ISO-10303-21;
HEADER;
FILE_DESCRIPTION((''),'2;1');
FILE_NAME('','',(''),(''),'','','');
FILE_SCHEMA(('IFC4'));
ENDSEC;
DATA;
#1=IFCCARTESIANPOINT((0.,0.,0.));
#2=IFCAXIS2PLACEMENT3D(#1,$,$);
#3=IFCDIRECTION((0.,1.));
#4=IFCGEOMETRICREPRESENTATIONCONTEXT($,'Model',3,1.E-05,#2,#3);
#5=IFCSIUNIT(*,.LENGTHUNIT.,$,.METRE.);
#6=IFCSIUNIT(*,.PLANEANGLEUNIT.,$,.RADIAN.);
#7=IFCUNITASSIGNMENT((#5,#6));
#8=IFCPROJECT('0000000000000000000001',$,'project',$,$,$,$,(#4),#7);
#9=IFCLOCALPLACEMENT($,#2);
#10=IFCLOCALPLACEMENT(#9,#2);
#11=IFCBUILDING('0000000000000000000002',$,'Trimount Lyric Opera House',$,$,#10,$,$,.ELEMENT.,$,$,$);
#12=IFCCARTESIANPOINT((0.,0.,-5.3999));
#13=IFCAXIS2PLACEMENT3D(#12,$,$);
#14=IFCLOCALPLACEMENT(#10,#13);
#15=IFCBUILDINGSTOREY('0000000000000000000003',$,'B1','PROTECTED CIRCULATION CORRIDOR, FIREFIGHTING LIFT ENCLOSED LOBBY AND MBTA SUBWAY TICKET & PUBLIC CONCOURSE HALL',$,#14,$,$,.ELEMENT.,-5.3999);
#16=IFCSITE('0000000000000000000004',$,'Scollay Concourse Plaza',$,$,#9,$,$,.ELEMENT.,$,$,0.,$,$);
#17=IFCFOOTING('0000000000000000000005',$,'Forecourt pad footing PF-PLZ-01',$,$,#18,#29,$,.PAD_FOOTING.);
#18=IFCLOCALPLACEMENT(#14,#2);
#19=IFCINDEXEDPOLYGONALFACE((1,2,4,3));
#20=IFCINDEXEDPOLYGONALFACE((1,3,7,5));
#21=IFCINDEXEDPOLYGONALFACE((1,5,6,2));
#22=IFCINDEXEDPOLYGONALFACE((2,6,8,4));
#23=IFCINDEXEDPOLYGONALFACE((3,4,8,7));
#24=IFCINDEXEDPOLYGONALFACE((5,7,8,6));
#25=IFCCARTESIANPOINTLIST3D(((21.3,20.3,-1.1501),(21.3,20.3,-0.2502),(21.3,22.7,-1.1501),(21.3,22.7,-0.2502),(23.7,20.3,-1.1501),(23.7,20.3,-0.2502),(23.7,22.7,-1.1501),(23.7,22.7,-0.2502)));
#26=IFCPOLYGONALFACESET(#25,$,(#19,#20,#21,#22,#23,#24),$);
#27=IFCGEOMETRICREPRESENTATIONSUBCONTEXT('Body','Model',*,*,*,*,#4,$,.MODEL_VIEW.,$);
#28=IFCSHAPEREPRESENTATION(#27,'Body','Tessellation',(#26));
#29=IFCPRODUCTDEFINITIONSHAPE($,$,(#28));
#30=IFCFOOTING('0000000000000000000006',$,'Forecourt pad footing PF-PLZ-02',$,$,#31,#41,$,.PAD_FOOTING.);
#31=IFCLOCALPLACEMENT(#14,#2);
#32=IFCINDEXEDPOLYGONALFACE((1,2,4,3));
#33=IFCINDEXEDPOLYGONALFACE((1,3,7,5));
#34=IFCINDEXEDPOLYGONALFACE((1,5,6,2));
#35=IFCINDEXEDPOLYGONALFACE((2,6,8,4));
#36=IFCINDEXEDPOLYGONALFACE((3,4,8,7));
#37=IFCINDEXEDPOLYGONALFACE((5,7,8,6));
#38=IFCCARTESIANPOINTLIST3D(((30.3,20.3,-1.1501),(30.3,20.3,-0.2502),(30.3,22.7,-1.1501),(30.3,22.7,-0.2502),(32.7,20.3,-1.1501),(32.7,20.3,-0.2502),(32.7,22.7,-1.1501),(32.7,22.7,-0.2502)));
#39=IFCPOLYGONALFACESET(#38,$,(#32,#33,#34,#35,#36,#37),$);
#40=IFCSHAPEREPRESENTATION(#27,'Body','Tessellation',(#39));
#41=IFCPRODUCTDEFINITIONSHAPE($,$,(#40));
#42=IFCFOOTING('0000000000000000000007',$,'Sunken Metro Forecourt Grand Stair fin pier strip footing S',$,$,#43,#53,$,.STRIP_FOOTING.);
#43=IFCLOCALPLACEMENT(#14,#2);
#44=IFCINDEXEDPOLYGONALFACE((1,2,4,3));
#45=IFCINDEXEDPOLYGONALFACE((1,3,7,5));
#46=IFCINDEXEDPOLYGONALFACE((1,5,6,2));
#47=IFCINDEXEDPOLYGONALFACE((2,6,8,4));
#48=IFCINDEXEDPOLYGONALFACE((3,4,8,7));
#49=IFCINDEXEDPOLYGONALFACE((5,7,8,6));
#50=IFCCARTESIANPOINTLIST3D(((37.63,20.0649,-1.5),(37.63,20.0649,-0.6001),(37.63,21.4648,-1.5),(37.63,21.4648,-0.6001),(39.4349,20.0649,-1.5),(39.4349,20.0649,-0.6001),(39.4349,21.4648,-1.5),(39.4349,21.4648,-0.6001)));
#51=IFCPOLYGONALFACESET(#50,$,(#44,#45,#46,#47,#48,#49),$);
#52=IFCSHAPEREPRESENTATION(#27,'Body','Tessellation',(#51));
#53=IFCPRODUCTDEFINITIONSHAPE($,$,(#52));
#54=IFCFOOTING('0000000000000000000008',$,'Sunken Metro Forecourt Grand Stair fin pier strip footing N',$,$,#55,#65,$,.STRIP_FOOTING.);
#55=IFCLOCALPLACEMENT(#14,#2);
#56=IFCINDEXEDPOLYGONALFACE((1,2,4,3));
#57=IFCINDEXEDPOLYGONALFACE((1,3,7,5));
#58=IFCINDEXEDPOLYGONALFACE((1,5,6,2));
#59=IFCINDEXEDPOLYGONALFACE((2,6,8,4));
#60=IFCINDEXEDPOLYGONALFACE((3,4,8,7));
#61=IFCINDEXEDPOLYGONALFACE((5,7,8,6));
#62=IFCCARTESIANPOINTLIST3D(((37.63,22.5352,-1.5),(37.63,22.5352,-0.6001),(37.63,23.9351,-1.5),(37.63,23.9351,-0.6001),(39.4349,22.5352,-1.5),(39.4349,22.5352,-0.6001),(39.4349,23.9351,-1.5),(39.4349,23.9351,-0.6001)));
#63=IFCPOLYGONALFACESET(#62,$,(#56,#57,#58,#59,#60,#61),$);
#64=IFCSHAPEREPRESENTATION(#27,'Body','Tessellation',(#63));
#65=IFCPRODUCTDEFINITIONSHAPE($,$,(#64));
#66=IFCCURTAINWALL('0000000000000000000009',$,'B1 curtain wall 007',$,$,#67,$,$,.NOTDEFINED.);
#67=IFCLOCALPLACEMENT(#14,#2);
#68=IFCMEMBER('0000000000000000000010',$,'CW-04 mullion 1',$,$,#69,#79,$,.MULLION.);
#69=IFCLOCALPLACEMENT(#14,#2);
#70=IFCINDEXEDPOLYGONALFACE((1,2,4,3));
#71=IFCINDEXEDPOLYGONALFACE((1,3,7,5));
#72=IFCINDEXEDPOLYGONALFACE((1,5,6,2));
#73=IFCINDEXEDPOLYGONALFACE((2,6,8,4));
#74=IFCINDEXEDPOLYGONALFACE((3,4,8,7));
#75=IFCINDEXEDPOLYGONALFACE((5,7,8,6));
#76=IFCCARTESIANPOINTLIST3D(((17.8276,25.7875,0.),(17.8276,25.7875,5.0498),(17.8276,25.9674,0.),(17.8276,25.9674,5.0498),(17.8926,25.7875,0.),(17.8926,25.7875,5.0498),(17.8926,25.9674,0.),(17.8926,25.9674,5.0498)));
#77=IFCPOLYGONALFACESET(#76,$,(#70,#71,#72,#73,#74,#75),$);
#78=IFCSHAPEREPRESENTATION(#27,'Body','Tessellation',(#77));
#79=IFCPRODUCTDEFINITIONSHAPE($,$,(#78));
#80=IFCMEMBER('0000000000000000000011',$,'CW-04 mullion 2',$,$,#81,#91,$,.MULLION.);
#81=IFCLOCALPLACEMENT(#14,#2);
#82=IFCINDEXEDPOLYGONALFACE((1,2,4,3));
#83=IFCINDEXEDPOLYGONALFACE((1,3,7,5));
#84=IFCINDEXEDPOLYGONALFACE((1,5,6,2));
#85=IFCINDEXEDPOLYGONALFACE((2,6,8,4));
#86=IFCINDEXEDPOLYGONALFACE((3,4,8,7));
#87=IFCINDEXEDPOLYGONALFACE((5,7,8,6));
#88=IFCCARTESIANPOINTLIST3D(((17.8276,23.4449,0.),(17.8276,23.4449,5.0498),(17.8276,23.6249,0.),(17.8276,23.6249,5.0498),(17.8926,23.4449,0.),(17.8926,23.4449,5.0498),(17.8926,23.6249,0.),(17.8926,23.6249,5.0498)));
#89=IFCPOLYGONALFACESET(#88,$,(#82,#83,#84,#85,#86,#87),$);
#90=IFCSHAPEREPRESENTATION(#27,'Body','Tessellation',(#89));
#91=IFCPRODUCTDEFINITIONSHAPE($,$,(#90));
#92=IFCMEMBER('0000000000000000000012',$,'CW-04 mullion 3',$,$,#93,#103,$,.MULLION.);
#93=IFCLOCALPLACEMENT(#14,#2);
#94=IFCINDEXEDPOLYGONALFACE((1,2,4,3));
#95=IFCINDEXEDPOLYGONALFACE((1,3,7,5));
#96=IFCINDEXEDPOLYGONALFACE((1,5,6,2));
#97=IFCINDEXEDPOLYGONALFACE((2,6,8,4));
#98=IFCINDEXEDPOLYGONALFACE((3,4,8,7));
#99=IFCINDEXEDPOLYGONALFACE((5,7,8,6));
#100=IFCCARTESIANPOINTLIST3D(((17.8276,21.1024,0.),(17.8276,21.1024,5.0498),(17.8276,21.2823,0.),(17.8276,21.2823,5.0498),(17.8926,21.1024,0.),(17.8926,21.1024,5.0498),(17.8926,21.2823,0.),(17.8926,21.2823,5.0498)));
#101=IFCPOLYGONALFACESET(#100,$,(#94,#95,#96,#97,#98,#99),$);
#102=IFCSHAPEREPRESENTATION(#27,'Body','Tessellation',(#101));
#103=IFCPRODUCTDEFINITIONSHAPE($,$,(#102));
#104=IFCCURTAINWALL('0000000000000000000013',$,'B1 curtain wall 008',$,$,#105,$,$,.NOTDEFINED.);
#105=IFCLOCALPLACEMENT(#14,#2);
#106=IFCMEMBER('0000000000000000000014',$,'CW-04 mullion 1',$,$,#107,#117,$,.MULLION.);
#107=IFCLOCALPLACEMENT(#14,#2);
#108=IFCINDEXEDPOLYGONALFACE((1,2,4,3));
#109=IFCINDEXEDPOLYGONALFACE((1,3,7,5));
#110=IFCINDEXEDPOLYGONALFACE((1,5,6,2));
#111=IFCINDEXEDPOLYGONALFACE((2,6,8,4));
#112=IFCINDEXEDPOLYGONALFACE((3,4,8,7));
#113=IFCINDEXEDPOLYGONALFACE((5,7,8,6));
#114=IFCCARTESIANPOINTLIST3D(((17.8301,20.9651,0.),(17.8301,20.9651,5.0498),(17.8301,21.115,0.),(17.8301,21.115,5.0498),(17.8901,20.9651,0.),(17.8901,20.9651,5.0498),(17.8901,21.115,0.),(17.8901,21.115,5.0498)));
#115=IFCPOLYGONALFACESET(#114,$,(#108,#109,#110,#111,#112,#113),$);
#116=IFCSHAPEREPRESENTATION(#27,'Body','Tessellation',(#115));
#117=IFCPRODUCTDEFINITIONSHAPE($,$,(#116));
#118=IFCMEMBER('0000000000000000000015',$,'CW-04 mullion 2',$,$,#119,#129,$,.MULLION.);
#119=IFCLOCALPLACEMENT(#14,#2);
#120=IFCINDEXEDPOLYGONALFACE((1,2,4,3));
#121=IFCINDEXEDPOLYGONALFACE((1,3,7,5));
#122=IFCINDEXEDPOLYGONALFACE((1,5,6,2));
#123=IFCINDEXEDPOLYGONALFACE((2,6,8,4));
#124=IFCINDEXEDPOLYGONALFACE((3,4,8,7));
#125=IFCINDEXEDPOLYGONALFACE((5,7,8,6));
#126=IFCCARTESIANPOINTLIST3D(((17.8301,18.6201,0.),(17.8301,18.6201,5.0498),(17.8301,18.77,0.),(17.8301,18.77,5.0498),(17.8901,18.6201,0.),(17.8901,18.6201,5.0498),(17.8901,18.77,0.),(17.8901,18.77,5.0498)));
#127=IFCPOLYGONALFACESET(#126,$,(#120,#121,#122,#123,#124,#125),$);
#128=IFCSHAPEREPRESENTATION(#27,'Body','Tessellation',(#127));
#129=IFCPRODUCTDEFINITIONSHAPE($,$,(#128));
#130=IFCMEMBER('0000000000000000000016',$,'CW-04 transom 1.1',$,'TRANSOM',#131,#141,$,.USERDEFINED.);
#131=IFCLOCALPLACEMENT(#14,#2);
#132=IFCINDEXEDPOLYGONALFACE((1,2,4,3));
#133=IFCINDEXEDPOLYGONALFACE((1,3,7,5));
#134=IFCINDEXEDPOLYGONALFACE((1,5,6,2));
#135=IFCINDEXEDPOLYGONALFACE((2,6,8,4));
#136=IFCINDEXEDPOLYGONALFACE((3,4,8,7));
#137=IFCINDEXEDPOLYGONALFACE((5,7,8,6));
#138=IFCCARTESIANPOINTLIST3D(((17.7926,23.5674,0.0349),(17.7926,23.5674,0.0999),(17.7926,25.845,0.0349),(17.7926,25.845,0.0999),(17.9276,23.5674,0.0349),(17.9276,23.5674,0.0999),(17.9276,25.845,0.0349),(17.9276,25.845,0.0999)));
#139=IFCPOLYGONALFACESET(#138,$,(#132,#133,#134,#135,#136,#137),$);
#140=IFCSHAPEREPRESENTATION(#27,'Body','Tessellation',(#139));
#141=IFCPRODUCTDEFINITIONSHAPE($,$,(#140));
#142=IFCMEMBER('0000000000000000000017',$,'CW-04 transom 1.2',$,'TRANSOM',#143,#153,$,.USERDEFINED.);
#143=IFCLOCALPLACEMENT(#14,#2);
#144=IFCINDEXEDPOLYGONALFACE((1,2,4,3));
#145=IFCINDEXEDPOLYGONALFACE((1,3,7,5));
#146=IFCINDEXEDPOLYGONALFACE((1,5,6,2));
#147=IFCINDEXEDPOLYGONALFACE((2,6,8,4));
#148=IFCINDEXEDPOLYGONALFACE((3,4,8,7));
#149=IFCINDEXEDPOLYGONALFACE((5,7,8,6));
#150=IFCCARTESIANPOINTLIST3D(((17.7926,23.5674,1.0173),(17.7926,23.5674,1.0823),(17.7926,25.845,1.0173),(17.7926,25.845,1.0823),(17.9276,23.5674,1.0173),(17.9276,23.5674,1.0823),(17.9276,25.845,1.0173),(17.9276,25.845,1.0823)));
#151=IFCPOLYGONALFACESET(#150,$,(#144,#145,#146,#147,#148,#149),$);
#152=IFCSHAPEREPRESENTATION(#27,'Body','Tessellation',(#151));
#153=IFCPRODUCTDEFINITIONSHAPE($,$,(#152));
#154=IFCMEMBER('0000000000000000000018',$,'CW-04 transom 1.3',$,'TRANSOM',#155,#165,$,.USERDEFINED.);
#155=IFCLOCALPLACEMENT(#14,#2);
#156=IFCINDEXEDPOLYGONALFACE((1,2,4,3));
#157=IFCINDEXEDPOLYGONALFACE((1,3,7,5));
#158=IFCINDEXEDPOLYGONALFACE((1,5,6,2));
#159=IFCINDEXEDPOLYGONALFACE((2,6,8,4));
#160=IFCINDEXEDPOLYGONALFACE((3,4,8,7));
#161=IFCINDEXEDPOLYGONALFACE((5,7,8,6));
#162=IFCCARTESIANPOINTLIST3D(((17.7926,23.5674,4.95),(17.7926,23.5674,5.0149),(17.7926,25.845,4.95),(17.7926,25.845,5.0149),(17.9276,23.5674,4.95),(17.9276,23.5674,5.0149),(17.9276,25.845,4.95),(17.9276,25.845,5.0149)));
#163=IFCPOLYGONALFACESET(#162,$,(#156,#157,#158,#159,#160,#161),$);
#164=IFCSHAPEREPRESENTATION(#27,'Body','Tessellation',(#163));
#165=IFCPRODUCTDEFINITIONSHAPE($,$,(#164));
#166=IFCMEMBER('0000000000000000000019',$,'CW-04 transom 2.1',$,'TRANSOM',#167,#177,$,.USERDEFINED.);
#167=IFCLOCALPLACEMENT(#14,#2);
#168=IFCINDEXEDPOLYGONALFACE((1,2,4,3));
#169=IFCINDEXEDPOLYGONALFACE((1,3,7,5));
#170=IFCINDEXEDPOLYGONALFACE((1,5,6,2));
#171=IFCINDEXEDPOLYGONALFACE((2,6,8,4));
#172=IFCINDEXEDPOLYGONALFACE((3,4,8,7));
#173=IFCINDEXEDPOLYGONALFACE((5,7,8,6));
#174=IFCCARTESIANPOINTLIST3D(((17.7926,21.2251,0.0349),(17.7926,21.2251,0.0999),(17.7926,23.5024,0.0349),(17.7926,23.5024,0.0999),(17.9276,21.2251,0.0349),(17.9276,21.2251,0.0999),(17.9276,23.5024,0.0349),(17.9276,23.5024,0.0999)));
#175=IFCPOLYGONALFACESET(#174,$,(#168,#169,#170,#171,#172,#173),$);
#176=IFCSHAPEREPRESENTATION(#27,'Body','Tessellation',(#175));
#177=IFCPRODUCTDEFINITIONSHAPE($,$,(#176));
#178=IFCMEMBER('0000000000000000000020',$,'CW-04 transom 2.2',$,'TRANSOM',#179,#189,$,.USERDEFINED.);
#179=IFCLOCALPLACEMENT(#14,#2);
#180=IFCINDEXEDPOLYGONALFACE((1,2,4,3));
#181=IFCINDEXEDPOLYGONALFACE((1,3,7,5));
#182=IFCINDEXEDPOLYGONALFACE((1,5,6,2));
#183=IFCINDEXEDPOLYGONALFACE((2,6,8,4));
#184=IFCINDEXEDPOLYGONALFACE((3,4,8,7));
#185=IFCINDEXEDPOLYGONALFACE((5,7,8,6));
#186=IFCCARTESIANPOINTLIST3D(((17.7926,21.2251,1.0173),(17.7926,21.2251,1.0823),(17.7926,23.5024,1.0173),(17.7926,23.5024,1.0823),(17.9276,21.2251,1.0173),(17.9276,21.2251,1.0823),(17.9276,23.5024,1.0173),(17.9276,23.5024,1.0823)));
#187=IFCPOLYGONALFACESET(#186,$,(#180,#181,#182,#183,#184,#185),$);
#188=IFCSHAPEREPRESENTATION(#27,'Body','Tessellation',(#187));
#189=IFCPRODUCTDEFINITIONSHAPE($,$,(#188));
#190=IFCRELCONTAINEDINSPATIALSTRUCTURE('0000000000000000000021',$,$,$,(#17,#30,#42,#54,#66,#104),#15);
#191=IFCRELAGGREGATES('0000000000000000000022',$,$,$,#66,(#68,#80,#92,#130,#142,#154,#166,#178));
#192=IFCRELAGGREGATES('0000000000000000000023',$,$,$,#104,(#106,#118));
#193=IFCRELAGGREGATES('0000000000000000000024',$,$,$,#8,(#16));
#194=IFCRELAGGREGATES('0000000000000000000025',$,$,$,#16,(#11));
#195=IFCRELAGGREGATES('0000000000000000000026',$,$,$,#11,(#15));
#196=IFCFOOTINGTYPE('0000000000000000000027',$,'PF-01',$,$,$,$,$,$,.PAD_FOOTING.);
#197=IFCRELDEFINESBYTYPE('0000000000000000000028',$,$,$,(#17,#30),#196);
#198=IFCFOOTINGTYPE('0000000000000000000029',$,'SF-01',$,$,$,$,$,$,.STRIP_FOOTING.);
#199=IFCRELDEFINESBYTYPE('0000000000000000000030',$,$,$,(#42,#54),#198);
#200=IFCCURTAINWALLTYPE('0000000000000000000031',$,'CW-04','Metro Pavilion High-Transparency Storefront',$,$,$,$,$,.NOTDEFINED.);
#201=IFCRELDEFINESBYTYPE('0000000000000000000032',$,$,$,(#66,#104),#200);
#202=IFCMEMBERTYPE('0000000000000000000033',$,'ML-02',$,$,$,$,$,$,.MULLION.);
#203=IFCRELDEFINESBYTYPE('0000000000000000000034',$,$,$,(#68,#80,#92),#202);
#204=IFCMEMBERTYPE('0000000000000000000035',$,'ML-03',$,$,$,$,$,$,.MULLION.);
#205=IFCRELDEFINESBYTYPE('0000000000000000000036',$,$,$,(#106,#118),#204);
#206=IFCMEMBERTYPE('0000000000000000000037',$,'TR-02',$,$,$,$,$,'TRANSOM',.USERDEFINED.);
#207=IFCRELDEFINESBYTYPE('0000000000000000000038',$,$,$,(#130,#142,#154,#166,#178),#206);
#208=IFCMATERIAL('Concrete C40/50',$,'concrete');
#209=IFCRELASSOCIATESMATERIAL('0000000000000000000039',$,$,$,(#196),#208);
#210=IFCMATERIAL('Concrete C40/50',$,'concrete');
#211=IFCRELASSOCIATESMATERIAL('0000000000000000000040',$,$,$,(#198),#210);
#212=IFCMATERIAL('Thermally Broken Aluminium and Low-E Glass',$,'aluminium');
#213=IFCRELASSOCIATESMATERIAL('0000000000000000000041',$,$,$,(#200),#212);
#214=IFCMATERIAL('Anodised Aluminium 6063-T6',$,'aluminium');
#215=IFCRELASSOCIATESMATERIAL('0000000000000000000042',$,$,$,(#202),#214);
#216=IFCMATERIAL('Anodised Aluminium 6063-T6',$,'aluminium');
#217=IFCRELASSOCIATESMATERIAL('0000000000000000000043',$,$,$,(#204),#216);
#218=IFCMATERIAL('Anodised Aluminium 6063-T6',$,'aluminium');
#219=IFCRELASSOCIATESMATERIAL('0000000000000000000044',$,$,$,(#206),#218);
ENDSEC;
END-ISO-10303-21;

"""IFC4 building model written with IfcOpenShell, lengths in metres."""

from ifc_helpers import new_model, si_unit, direction, frame, origin, origin_2d, place, context, subcontext, project, spatial, rectangle, extrude, material, material_profile, profile_set, type_object, element, aggregate, save


model = new_model("IFC4")

# Units and contexts
model_context = context("Model", 3, precision=1e-05, world=origin(), true_north=direction((0.0, 1.0)))
body_context = subcontext(model_context, "Body", "Model", "MODEL_VIEW")
ifc_project = project(units=[si_unit("LENGTHUNIT", "METRE"), si_unit("PLANEANGLEUNIT", "RADIAN")], contexts=[model_context])

# Site, building, storey
site_placement = place(None, origin())
site = spatial("IfcSite", under=ifc_project, at=site_placement, Name="Scollay Concourse Plaza", CompositionType="ELEMENT", RefElevation=0.0)
building_placement = place(site_placement, origin())
building = spatial("IfcBuilding", under=site, at=building_placement, Name="Trimount Lyric Opera House", CompositionType="ELEMENT")
storey_placement = place(building_placement, frame((0.0, 0.0, -5.3999)))
storey = spatial("IfcBuildingStorey", under=building, at=storey_placement, Name="B1", Description="PROTECTED CIRCULATION CORRIDOR, FIREFIGHTING LIFT ENCLOSED LOBBY AND MBTA SUBWAY TICKET & PUBLIC CONCOURSE HALL", CompositionType="ELEMENT", Elevation=-5.3999)

# Footings
ifc_material_1 = material(Name="Concrete C40/50", Category="concrete")
footing_type_1 = type_object("IfcFootingType", Name="PF-01", PredefinedType="PAD_FOOTING", material=ifc_material_1)
for number, where, z_axis, x_axis, name in (
    (1, (22.5, 21.5, -1.1501), (0.0, 0.0, 1.0), (1.0, 0.0, 0.0), "Forecourt pad footing PF-PLZ-01"),
    (2, (31.5, 21.5, -1.1501), (0.0, 0.0, 1.0), (1.0, 0.0, 0.0), "Forecourt pad footing PF-PLZ-02"),
):
    element("IfcFooting", number, at=place(storey_placement, frame(where, z_axis=z_axis, x_axis=x_axis)), inside=storey, type_object=footing_type_1, Name=name, PredefinedType="PAD_FOOTING", context=body_context, shape_type="SweptSolid", body=[
        extrude(rectangle(XDim=2.3999, YDim=2.3999, at=origin_2d()), origin(), (0.0, 0.0, 1.0), 0.8999),
    ])
ifc_material_2 = material(Name="Concrete C40/50", Category="concrete")
footing_type_2 = type_object("IfcFootingType", Name="SF-01", PredefinedType="STRIP_FOOTING", material=ifc_material_2)
for number, where, z_axis, x_axis, name in (
    (3, (38.5325, 20.7649, -1.5), (0.0, 0.0, 1.0), (1.0, 0.0, 0.0), "Sunken Metro Forecourt Grand Stair fin pier strip footing S"),
    (4, (38.5325, 23.2351, -1.5), (0.0, 0.0, 1.0), (1.0, 0.0, 0.0), "Sunken Metro Forecourt Grand Stair fin pier strip footing N"),
):
    element("IfcFooting", number, at=place(storey_placement, frame(where, z_axis=z_axis, x_axis=x_axis)), inside=storey, type_object=footing_type_2, Name=name, PredefinedType="STRIP_FOOTING", context=body_context, shape_type="SweptSolid", body=[
        extrude(rectangle(XDim=1.8049, YDim=1.3999, at=origin_2d()), origin(), (0.0, 0.0, 1.0), 0.8999),
    ])

# Curtain walls, members
ifc_material_3 = material(Name="Thermally Broken Aluminium and Low-E Glass", Category="aluminium")
curtain_wall_type = type_object("IfcCurtainWallType", Name="CW-04", Description="Metro Pavilion High-Transparency Storefront", PredefinedType="NOTDEFINED", material=ifc_material_3)
curtain_wall_1_placement = place(storey_placement, origin())
curtain_wall_1 = element("IfcCurtainWall", 5, at=curtain_wall_1_placement, inside=storey, type_object=curtain_wall_type, Name="B1 curtain wall 007", PredefinedType="NOTDEFINED")
ifc_material_4 = material(Name="Anodised Aluminium 6063-T6", Category="aluminium")
ifc_material_profile_1 = material_profile(ifc_material_4, rectangle(XDim=0.0649, YDim=0.1799, at=origin_2d()), Name="ALU-MULL-65X180")
ifc_profile_set_1 = profile_set([ifc_material_profile_1], Name="Anodised Aluminium 6063-T6")
member_type_1 = type_object("IfcMemberType", Name="ML-02", PredefinedType="MULLION", material=ifc_profile_set_1)
member_1_placement = place(storey_placement, frame((17.8601, 25.8774, 0.0), z_axis=(0.0, 0.0, 1.0), x_axis=(1.0, 0.0, 0.0)))
member_1 = element("IfcMember", 6, at=member_1_placement, type_object=member_type_1, Name="CW-04 mullion 1", PredefinedType="MULLION", context=body_context, shape_type="SweptSolid", body=[
    extrude(rectangle(XDim=0.0649, YDim=0.1799, at=origin_2d()), origin(), (0.0, 0.0, 1.0), 5.0498),
])
member_2_placement = place(storey_placement, frame((17.8601, 23.5349, 0.0), z_axis=(0.0, 0.0, 1.0), x_axis=(1.0, 0.0, 0.0)))
member_2 = element("IfcMember", 7, at=member_2_placement, type_object=member_type_1, Name="CW-04 mullion 2", PredefinedType="MULLION", context=body_context, shape_type="SweptSolid", body=[
    extrude(rectangle(XDim=0.0649, YDim=0.1799, at=origin_2d()), origin(), (0.0, 0.0, 1.0), 5.0498),
])
member_3_placement = place(storey_placement, frame((17.8601, 21.1924, 0.0), z_axis=(0.0, 0.0, 1.0), x_axis=(1.0, 0.0, 0.0)))
member_3 = element("IfcMember", 8, at=member_3_placement, type_object=member_type_1, Name="CW-04 mullion 3", PredefinedType="MULLION", context=body_context, shape_type="SweptSolid", body=[
    extrude(rectangle(XDim=0.0649, YDim=0.1799, at=origin_2d()), origin(), (0.0, 0.0, 1.0), 5.0498),
])
curtain_wall_2_placement = place(storey_placement, origin())
curtain_wall_2 = element("IfcCurtainWall", 9, at=curtain_wall_2_placement, inside=storey, type_object=curtain_wall_type, Name="B1 curtain wall 008", PredefinedType="NOTDEFINED")
ifc_material_5 = material(Name="Anodised Aluminium 6063-T6", Category="aluminium")
ifc_material_profile_2 = material_profile(ifc_material_5, rectangle(XDim=0.0601, YDim=0.1499, at=origin_2d()), Name="ALU-MULL-60X150")
ifc_profile_set_2 = profile_set([ifc_material_profile_2], Name="Anodised Aluminium 6063-T6")
member_type_2 = type_object("IfcMemberType", Name="ML-03", PredefinedType="MULLION", material=ifc_profile_set_2)
member_4_placement = place(storey_placement, frame((17.8601, 21.04, 0.0), z_axis=(0.0, 0.0, 1.0), x_axis=(1.0, 0.0, 0.0)))
member_4 = element("IfcMember", 10, at=member_4_placement, type_object=member_type_2, Name="CW-04 mullion 1", PredefinedType="MULLION", context=body_context, shape_type="SweptSolid", body=[
    extrude(rectangle(XDim=0.0601, YDim=0.1499, at=origin_2d()), origin(), (0.0, 0.0, 1.0), 5.0498),
])
member_5_placement = place(storey_placement, frame((17.8601, 18.6951, 0.0), z_axis=(0.0, 0.0, 1.0), x_axis=(1.0, 0.0, 0.0)))
member_5 = element("IfcMember", 11, at=member_5_placement, type_object=member_type_2, Name="CW-04 mullion 2", PredefinedType="MULLION", context=body_context, shape_type="SweptSolid", body=[
    extrude(rectangle(XDim=0.0601, YDim=0.1499, at=origin_2d()), origin(), (0.0, 0.0, 1.0), 5.0498),
])

# Members
ifc_material_6 = material(Name="Anodised Aluminium 6063-T6", Category="aluminium")
ifc_material_profile_3 = material_profile(ifc_material_6, rectangle(XDim=0.135, YDim=0.0649, at=origin_2d()), Name="ALU-TRAN-65X135")
ifc_profile_set_3 = profile_set([ifc_material_profile_3], Name="Anodised Aluminium 6063-T6")
member_type_3 = type_object("IfcMemberType", Name="TR-02", ElementType="TRANSOM", PredefinedType="USERDEFINED", material=ifc_profile_set_3)
member_6_placement = place(storey_placement, frame((17.8601, 25.845, 0.0674), z_axis=(0.0, -1.0, 0.0), x_axis=(1.0, 0.0, 0.0)))
member_6 = element("IfcMember", 12, at=member_6_placement, type_object=member_type_3, Name="CW-04 transom 1.1", ObjectType="TRANSOM", PredefinedType="USERDEFINED", context=body_context, shape_type="SweptSolid", body=[
    extrude(rectangle(XDim=0.135, YDim=0.0649, at=origin_2d()), origin(), (0.0, 0.0, 1.0), 2.2776),
])
member_7_placement = place(storey_placement, frame((17.8601, 25.845, 1.0498), z_axis=(0.0, -1.0, 0.0), x_axis=(1.0, 0.0, 0.0)))
member_7 = element("IfcMember", 13, at=member_7_placement, type_object=member_type_3, Name="CW-04 transom 1.2", ObjectType="TRANSOM", PredefinedType="USERDEFINED", context=body_context, shape_type="SweptSolid", body=[
    extrude(rectangle(XDim=0.135, YDim=0.0649, at=origin_2d()), origin(), (0.0, 0.0, 1.0), 2.2776),
])
member_8_placement = place(storey_placement, frame((17.8601, 25.845, 4.9824), z_axis=(0.0, -1.0, 0.0), x_axis=(1.0, 0.0, 0.0)))
member_8 = element("IfcMember", 14, at=member_8_placement, type_object=member_type_3, Name="CW-04 transom 1.3", ObjectType="TRANSOM", PredefinedType="USERDEFINED", context=body_context, shape_type="SweptSolid", body=[
    extrude(rectangle(XDim=0.135, YDim=0.0649, at=origin_2d()), origin(), (0.0, 0.0, 1.0), 2.2776),
])
member_9_placement = place(storey_placement, frame((17.8601, 23.5024, 0.0674), z_axis=(0.0, -1.0, 0.0), x_axis=(1.0, 0.0, 0.0)))
member_9 = element("IfcMember", 15, at=member_9_placement, type_object=member_type_3, Name="CW-04 transom 2.1", ObjectType="TRANSOM", PredefinedType="USERDEFINED", context=body_context, shape_type="SweptSolid", body=[
    extrude(rectangle(XDim=0.135, YDim=0.0649, at=origin_2d()), origin(), (0.0, 0.0, 1.0), 2.2773),
])
member_10_placement = place(storey_placement, frame((17.8601, 23.5024, 1.0498), z_axis=(0.0, -1.0, 0.0), x_axis=(1.0, 0.0, 0.0)))
member_10 = element("IfcMember", 16, at=member_10_placement, type_object=member_type_3, Name="CW-04 transom 2.2", ObjectType="TRANSOM", PredefinedType="USERDEFINED", context=body_context, shape_type="SweptSolid", body=[
    extrude(rectangle(XDim=0.135, YDim=0.0649, at=origin_2d()), origin(), (0.0, 0.0, 1.0), 2.2773),
])

aggregate(curtain_wall_1, [member_1, member_2, member_3, member_6, member_7, member_8, member_9, member_10])
aggregate(curtain_wall_2, [member_4, member_5])

save(model, "model.ifc")
